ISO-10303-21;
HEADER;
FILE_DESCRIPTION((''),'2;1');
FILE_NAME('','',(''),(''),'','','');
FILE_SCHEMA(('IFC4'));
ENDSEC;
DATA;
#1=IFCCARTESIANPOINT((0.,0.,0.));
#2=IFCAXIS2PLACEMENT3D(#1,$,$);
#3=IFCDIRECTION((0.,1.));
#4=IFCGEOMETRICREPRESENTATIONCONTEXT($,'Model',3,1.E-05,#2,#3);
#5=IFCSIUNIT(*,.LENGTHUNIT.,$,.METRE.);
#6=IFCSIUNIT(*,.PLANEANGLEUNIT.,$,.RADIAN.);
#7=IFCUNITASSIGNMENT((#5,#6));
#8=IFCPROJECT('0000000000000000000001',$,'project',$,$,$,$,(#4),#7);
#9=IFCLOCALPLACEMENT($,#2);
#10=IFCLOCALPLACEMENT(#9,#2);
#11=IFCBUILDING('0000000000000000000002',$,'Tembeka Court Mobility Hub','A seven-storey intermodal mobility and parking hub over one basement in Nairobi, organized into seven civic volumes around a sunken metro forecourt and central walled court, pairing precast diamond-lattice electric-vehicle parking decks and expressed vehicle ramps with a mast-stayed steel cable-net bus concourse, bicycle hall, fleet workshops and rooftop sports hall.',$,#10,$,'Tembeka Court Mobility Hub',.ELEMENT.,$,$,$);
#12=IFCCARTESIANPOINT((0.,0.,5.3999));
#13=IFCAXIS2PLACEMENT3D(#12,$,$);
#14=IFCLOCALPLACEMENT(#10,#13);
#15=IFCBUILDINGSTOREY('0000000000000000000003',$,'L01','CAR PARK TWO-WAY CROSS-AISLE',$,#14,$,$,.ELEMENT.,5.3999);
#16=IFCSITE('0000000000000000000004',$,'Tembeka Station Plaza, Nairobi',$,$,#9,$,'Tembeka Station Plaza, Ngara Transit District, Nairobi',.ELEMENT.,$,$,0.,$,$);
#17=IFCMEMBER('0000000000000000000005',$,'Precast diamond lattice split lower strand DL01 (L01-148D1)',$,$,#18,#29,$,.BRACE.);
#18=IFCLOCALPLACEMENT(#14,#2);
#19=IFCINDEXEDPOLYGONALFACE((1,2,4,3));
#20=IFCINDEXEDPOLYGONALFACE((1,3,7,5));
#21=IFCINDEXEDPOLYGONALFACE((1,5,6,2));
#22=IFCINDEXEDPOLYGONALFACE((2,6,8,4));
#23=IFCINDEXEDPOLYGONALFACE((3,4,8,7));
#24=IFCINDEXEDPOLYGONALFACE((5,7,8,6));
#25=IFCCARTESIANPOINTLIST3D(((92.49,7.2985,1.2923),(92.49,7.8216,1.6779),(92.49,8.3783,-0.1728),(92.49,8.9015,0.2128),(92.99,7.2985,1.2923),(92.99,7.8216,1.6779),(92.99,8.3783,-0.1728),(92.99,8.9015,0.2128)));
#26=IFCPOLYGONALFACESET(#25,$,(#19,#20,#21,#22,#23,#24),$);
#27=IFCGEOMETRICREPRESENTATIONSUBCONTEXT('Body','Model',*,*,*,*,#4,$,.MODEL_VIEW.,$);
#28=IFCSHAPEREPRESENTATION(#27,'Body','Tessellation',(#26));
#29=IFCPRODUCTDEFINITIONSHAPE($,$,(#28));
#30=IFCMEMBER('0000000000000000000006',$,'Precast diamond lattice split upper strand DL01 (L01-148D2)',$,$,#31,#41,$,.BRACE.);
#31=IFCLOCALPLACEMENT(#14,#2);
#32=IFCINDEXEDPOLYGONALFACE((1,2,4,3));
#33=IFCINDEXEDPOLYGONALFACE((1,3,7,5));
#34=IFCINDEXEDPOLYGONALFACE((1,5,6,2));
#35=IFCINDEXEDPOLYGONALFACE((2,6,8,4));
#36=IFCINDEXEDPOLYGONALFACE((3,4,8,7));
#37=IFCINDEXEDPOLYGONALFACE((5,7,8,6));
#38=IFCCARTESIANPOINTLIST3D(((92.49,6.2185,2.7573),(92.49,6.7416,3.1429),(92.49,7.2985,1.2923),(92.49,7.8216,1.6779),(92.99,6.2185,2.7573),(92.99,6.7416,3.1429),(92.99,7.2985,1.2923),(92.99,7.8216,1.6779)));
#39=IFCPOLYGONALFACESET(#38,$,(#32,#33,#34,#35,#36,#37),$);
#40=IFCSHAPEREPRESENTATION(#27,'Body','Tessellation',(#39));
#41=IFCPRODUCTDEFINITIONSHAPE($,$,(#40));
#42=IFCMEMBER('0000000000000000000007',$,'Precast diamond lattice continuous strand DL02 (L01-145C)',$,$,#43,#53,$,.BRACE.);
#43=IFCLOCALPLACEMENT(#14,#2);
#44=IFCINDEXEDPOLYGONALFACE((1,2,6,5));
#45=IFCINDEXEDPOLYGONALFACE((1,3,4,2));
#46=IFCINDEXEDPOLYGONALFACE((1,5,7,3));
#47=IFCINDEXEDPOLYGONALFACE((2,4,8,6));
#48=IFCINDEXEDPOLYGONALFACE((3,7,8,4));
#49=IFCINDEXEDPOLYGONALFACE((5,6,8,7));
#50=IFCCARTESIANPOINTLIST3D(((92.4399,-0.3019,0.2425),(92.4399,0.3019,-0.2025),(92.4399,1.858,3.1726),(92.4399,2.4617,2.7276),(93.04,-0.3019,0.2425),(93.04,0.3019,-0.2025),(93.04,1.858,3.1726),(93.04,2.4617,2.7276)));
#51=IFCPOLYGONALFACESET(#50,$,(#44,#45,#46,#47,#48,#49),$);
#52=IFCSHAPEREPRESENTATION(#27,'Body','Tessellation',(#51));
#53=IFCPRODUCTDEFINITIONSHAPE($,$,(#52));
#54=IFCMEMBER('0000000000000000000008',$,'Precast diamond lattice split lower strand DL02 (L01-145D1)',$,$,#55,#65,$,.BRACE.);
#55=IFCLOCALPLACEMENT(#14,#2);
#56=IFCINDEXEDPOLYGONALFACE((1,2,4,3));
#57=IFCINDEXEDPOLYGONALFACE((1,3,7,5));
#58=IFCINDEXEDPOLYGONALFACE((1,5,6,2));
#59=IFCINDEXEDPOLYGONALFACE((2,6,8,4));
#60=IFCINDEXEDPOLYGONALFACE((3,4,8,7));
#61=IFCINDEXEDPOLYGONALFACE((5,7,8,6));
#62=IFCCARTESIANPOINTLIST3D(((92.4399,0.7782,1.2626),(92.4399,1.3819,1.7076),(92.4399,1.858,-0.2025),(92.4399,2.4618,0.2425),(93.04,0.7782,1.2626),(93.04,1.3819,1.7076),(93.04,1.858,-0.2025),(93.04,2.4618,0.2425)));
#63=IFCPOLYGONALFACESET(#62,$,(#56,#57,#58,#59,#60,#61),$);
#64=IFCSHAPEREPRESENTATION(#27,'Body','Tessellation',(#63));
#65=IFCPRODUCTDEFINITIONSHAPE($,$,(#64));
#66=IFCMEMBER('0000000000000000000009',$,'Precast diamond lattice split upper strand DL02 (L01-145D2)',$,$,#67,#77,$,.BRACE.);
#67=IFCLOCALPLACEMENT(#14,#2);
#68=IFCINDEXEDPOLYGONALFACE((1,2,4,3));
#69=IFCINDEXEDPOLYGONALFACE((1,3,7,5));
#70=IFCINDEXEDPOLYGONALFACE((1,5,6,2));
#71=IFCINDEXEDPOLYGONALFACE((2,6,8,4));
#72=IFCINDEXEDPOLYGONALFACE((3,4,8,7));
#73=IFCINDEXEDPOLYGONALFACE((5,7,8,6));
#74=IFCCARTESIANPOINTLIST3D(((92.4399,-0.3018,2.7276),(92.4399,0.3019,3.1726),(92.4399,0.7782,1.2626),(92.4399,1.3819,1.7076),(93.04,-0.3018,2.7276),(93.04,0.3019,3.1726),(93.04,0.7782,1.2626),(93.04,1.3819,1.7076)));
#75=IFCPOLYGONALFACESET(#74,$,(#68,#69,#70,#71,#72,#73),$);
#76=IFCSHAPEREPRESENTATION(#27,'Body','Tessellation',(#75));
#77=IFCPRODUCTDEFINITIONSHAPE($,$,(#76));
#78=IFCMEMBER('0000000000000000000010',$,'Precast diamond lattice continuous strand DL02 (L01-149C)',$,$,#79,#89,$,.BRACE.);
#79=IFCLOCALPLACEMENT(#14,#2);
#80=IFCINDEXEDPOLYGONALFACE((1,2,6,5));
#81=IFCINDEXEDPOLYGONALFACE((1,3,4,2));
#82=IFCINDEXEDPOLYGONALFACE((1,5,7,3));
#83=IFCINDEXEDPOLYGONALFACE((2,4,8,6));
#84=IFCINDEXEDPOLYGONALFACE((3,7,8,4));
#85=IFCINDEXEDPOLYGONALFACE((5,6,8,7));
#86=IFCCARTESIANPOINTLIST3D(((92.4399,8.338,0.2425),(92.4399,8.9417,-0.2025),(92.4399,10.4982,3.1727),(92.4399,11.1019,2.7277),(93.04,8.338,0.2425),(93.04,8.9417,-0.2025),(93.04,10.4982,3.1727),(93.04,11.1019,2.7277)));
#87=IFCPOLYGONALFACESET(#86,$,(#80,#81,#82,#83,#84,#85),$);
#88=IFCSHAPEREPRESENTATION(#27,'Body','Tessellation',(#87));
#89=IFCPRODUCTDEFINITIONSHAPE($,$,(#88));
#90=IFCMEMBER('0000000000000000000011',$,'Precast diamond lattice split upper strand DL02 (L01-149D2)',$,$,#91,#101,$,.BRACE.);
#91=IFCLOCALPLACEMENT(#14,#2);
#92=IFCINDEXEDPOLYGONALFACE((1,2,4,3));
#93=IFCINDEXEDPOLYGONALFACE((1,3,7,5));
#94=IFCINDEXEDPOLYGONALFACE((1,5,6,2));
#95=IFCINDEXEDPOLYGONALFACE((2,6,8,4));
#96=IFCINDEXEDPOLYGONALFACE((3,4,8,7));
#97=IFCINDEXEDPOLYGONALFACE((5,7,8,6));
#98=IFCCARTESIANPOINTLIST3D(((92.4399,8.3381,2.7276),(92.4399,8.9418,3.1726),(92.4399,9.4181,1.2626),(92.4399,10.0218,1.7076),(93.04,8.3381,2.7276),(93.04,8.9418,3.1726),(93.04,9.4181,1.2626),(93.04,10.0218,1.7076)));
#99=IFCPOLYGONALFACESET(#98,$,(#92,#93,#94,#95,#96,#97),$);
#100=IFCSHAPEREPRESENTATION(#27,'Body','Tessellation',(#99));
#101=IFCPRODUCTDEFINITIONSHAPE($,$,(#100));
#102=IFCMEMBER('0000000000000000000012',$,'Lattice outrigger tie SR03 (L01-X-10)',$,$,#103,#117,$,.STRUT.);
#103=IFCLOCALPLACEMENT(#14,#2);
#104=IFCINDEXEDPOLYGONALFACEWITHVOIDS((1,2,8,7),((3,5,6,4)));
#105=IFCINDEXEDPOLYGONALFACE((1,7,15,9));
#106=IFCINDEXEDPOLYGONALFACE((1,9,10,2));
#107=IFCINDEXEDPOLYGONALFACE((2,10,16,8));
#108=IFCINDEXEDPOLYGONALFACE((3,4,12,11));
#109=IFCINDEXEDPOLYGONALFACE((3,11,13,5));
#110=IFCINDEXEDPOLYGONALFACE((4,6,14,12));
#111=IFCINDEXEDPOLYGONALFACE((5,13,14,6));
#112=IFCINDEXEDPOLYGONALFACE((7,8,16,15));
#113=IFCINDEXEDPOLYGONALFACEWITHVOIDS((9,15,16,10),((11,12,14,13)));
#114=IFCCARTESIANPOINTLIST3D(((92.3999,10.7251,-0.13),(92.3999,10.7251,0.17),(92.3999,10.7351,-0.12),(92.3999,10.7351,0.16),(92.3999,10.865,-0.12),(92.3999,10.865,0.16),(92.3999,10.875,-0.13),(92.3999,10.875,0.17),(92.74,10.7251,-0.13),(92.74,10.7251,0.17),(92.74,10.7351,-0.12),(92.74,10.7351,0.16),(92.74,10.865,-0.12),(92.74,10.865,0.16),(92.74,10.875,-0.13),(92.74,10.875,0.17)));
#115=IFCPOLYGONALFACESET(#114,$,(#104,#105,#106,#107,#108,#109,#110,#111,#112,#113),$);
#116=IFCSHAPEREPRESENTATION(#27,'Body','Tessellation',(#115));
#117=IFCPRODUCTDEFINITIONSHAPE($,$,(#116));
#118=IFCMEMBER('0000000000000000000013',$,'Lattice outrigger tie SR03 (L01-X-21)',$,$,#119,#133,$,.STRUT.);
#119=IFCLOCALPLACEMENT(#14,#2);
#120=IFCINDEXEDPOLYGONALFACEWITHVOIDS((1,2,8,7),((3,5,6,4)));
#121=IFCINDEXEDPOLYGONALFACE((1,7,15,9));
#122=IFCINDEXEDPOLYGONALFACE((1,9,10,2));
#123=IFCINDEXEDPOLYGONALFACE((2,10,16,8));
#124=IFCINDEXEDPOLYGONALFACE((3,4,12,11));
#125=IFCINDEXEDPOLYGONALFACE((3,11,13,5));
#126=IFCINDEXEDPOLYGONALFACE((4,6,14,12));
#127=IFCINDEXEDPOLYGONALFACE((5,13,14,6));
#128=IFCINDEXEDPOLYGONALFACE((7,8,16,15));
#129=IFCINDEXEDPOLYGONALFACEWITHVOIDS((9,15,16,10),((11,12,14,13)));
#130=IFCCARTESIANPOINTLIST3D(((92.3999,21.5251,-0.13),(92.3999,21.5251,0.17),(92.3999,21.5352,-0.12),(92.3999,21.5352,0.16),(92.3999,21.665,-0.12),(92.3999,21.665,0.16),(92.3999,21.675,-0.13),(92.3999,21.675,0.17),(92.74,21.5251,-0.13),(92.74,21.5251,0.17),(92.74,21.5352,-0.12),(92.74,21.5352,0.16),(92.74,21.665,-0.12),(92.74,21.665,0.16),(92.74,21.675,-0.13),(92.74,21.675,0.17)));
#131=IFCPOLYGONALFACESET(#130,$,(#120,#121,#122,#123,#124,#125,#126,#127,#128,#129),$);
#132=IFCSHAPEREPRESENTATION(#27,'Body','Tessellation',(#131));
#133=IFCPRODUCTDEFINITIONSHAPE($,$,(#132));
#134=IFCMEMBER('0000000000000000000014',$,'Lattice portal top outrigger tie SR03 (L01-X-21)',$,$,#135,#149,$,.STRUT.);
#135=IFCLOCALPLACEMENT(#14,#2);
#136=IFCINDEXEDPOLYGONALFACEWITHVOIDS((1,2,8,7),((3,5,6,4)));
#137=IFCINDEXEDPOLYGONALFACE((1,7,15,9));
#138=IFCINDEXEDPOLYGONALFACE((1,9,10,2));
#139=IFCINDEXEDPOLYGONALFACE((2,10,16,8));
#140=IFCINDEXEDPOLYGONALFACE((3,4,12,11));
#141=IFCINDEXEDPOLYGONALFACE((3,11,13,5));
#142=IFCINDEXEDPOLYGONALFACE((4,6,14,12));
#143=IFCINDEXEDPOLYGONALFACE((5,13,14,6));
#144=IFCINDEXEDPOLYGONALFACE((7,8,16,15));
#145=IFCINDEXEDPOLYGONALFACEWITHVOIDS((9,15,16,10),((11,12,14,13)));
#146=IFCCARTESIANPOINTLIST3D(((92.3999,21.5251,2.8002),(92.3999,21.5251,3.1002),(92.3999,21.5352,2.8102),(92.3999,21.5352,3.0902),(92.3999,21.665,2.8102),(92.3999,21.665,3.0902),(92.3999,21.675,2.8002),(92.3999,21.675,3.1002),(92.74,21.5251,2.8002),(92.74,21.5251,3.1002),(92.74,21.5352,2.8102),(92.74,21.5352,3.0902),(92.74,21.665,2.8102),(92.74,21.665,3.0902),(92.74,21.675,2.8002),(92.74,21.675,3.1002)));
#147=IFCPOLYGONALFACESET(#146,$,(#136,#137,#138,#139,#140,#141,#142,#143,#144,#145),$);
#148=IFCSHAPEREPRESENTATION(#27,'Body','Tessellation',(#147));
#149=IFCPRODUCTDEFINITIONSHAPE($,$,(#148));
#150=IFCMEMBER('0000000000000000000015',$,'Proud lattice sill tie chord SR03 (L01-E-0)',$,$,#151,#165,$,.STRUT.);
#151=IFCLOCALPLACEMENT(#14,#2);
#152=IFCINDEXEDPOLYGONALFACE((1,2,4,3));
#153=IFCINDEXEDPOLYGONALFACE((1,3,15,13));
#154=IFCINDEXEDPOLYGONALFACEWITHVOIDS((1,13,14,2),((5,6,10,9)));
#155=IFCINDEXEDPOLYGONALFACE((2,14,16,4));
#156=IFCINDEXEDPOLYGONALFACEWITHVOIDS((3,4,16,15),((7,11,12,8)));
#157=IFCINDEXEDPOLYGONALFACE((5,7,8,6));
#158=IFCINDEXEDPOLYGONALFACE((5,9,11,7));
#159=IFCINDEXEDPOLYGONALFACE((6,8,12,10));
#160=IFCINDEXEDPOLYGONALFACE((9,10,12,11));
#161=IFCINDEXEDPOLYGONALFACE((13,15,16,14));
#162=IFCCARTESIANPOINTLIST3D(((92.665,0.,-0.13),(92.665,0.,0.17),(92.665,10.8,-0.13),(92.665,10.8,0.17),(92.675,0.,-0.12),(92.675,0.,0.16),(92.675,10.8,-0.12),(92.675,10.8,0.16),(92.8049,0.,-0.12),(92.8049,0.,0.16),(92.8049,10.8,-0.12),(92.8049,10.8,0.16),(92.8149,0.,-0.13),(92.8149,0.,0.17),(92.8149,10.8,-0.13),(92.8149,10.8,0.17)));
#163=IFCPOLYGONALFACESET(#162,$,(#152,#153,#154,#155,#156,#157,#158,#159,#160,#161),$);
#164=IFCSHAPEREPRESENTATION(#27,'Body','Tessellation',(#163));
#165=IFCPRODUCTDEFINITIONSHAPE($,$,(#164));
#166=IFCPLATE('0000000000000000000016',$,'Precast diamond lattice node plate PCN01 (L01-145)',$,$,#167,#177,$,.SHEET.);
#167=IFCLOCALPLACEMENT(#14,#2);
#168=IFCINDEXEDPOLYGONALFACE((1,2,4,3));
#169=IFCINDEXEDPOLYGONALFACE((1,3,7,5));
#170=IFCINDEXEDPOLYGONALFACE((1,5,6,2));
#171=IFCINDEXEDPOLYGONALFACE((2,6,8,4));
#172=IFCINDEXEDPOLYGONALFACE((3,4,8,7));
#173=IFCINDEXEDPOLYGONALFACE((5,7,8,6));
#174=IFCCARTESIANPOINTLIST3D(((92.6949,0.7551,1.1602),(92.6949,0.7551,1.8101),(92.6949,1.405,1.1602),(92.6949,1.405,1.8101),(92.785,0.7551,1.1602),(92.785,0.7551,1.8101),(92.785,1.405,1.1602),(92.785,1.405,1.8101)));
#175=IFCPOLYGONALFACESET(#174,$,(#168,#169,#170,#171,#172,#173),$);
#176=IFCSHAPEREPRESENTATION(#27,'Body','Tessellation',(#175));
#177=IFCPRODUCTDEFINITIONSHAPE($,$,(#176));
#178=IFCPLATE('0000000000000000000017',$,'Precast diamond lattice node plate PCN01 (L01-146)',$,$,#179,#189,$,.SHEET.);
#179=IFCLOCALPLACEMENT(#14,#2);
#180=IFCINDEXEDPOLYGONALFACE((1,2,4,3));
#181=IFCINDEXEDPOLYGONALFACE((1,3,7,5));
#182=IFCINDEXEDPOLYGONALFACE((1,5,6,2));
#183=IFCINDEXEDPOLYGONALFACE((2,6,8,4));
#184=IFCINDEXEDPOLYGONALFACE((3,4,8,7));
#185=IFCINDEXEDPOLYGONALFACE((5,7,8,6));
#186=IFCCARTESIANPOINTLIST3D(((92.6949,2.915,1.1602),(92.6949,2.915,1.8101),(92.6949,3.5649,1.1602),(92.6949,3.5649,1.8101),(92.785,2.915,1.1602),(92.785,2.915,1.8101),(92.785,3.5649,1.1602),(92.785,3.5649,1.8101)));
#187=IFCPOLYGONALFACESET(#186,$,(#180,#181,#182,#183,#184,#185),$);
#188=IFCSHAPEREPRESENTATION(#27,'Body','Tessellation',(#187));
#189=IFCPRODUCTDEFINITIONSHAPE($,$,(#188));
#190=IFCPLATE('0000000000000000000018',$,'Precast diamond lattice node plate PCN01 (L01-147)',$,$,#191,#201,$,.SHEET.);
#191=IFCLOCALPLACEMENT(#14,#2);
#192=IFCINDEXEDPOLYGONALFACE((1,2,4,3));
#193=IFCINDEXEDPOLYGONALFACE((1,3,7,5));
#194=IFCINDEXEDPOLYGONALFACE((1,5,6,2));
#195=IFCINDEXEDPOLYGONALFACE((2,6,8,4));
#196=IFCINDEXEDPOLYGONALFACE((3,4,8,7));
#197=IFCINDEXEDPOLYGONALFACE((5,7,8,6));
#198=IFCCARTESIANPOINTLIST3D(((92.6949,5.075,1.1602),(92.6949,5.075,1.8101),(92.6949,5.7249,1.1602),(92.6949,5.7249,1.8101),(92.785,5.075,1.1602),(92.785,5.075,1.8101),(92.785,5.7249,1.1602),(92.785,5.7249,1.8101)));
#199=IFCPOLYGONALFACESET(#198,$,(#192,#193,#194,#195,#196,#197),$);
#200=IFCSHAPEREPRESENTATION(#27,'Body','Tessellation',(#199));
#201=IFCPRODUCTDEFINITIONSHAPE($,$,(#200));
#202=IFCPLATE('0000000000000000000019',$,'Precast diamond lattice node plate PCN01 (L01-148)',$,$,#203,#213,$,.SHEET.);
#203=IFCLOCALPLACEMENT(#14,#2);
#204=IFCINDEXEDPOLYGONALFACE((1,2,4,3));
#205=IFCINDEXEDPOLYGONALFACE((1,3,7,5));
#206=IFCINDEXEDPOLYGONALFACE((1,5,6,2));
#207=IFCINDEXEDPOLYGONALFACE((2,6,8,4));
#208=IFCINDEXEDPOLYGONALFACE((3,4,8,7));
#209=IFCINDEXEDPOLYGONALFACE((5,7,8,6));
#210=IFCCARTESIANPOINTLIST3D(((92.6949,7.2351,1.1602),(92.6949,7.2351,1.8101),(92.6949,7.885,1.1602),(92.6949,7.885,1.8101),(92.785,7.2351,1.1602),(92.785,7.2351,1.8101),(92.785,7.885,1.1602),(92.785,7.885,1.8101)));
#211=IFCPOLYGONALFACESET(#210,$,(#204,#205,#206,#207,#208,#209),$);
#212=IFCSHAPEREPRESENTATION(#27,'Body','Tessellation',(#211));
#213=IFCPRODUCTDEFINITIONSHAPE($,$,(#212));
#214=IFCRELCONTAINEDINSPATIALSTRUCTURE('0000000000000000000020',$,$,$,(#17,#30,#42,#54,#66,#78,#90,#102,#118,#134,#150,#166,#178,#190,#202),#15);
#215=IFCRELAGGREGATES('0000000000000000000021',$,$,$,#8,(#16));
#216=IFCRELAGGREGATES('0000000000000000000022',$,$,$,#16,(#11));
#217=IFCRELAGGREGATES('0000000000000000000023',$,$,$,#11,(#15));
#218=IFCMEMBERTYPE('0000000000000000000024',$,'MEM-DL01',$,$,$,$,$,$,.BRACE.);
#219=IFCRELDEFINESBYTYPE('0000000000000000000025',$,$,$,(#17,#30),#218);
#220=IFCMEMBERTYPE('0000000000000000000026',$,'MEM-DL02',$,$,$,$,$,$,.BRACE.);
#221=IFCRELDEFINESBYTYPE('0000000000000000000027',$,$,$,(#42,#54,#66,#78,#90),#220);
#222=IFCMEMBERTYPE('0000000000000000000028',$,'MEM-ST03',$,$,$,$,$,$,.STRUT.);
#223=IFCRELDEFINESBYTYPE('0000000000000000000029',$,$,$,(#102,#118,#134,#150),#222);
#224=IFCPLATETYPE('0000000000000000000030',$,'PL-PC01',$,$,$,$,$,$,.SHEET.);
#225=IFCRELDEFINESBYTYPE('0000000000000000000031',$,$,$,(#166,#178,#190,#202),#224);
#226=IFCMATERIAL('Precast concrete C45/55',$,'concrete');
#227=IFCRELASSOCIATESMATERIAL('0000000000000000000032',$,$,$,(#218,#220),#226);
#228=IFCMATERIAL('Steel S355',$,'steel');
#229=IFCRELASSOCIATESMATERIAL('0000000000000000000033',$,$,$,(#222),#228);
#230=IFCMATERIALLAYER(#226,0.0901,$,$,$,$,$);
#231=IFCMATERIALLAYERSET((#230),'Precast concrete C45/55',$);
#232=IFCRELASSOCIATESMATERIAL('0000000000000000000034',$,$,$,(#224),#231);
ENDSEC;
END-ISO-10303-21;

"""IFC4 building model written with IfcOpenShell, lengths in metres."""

from ifc_helpers import new_model, si_unit, direction, frame, origin, origin_2d, place, context, subcontext, project, spatial, rectangle, hollow_rectangle, extrude, material, layer, layer_set, material_profile, profile_set, type_object, element, save


model = new_model("IFC4")

# Units and contexts
model_context = context("Model", 3, precision=1e-05, world=origin(), true_north=direction((0.0, 1.0)))
body_context = subcontext(model_context, "Body", "Model", "MODEL_VIEW")
ifc_project = project(units=[si_unit("LENGTHUNIT", "METRE"), si_unit("PLANEANGLEUNIT", "RADIAN")], contexts=[model_context])

# Site, building, storey
site_placement = place(None, origin())
site = spatial("IfcSite", under=ifc_project, at=site_placement, Name="Tembeka Station Plaza, Nairobi", LongName="Tembeka Station Plaza, Ngara Transit District, Nairobi", CompositionType="ELEMENT", RefElevation=0.0)
building_placement = place(site_placement, origin())
building = spatial("IfcBuilding", under=site, at=building_placement, Name="Tembeka Court Mobility Hub", Description="A seven-storey intermodal mobility and parking hub over one basement in Nairobi, organized into seven civic volumes around a sunken metro forecourt and central walled court, pairing precast diamond-lattice electric-vehicle parking decks and expressed vehicle ramps with a mast-stayed steel cable-net bus concourse, bicycle hall, fleet workshops and rooftop sports hall.", LongName="Tembeka Court Mobility Hub", CompositionType="ELEMENT")
storey_placement = place(building_placement, frame((0.0, 0.0, 5.3999)))
storey = spatial("IfcBuildingStorey", under=building, at=storey_placement, Name="L01", Description="CAR PARK TWO-WAY CROSS-AISLE", CompositionType="ELEMENT", Elevation=5.3999)

# Shared definitions
ifc_material_1 = material(Name="Steel S355", Category="steel")

# Members
ifc_material_2 = material(Name="Precast concrete C45/55", Category="concrete")
ifc_material_profile_1 = material_profile(ifc_material_2, rectangle(XDim=0.5, YDim=0.6499, at=origin_2d()), Name="PC-DIAG 500x650")
ifc_profile_set_1 = profile_set([ifc_material_profile_1], Name="Precast concrete C45/55")
member_type_1 = type_object("IfcMemberType", Name="MEM-DL01", PredefinedType="BRACE", material=ifc_profile_set_1)
for number, where, z_axis, x_axis, name in (
    (1, (92.74, 8.6399, 0.02), (0.0, -0.593304, 0.804978), (1.0, 0.0, 0.0), "Precast diamond lattice split lower strand DL01 (L01-148D1)"),
    (2, (92.74, 7.5601, 1.4851), (0.0, -0.593391, 0.804914), (1.0, 0.0, 0.0), "Precast diamond lattice split upper strand DL01 (L01-148D2)"),
):
    element("IfcMember", number, at=place(storey_placement, frame(where, z_axis=z_axis, x_axis=x_axis)), inside=storey, type_object=member_type_1, Name=name, PredefinedType="BRACE", context=body_context, shape_type="SweptSolid", body=[
        extrude(rectangle(XDim=0.5, YDim=0.6499, at=origin_2d()), origin(), (0.0, 0.0, 1.0), 1.8201),
    ])
ifc_material_profile_2 = material_profile(ifc_material_2, rectangle(XDim=0.6001, YDim=0.75, at=origin_2d()), Name="PC-DIAG 600x750")
ifc_profile_set_2 = profile_set([ifc_material_profile_2], Name="Precast concrete C45/55")
member_type_2 = type_object("IfcMemberType", Name="MEM-DL02", PredefinedType="BRACE", material=ifc_profile_set_2)
member_1_placement = place(storey_placement, frame((92.74, 0.0, 0.02), z_axis=(0.0, 0.593348, 0.804946), x_axis=(-1.0, 0.0, 0.0)))
element("IfcMember", 3, at=member_1_placement, inside=storey, type_object=member_type_2, Name="Precast diamond lattice continuous strand DL02 (L01-145C)", PredefinedType="BRACE", context=body_context, shape_type="SweptSolid", body=[
    extrude(rectangle(XDim=0.6001, YDim=0.75, at=origin_2d()), origin(), (0.0, 0.0, 1.0), 3.6401),
])
for number, where, z_axis, x_axis, name in (
    (4, (92.74, 2.1599, 0.02), (0.0, -0.593304, 0.804978), (1.0, 0.0, 0.0), "Precast diamond lattice split lower strand DL02 (L01-145D1)"),
    (5, (92.74, 1.0801, 1.4851), (0.0, -0.593391, 0.804914), (1.0, 0.0, 0.0), "Precast diamond lattice split upper strand DL02 (L01-145D2)"),
):
    element("IfcMember", number, at=place(storey_placement, frame(where, z_axis=z_axis, x_axis=x_axis)), inside=storey, type_object=member_type_2, Name=name, PredefinedType="BRACE", context=body_context, shape_type="SweptSolid", body=[
        extrude(rectangle(XDim=0.6001, YDim=0.75, at=origin_2d()), origin(), (0.0, 0.0, 1.0), 1.8201),
    ])
member_2_placement = place(storey_placement, frame((92.74, 8.6399, 0.02), z_axis=(0.0, 0.593391, 0.804914), x_axis=(-1.0, 0.0, 0.0)))
element("IfcMember", 6, at=member_2_placement, inside=storey, type_object=member_type_2, Name="Precast diamond lattice continuous strand DL02 (L01-149C)", PredefinedType="BRACE", context=body_context, shape_type="SweptSolid", body=[
    extrude(rectangle(XDim=0.6001, YDim=0.75, at=origin_2d()), origin(), (0.0, 0.0, 1.0), 3.6404),
])
member_3_placement = place(storey_placement, frame((92.74, 9.72, 1.4851), z_axis=(0.0, -0.593391, 0.804914), x_axis=(1.0, 0.0, 0.0)))
element("IfcMember", 7, at=member_3_placement, inside=storey, type_object=member_type_2, Name="Precast diamond lattice split upper strand DL02 (L01-149D2)", PredefinedType="BRACE", context=body_context, shape_type="SweptSolid", body=[
    extrude(rectangle(XDim=0.6001, YDim=0.75, at=origin_2d()), origin(), (0.0, 0.0, 1.0), 1.8201),
])
ifc_material_profile_3 = material_profile(ifc_material_1, hollow_rectangle(XDim=0.1499, YDim=0.3, WallThickness=0.01, at=origin_2d()), Name="RHS 300x150x10")
ifc_profile_set_3 = profile_set([ifc_material_profile_3], Name="Steel S355")
member_type_3 = type_object("IfcMemberType", Name="MEM-ST03", PredefinedType="STRUT", material=ifc_profile_set_3)
for number, where, z_axis, x_axis, name in (
    (8, (92.3999, 10.8, 0.02), (1.0, 0.0, 0.0), (0.0, 1.0, 0.0), "Lattice outrigger tie SR03 (L01-X-10)"),
    (9, (92.3999, 21.6001, 0.02), (1.0, 0.0, 0.0), (0.0, 1.0, 0.0), "Lattice outrigger tie SR03 (L01-X-21)"),
    (10, (92.3999, 21.6001, 2.9502), (1.0, 0.0, 0.0), (0.0, 1.0, 0.0), "Lattice portal top outrigger tie SR03 (L01-X-21)"),
):
    element("IfcMember", number, at=place(storey_placement, frame(where, z_axis=z_axis, x_axis=x_axis)), inside=storey, type_object=member_type_3, Name=name, PredefinedType="STRUT", context=body_context, shape_type="SweptSolid", body=[
        extrude(hollow_rectangle(XDim=0.1499, YDim=0.3, WallThickness=0.01, at=origin_2d()), origin(), (0.0, 0.0, 1.0), 0.3401),
    ])
member_4_placement = place(storey_placement, frame((92.74, 0.0, 0.02), z_axis=(0.0, 1.0, 0.0), x_axis=(-1.0, 0.0, 0.0)))
element("IfcMember", 11, at=member_4_placement, inside=storey, type_object=member_type_3, Name="Proud lattice sill tie chord SR03 (L01-E-0)", PredefinedType="STRUT", context=body_context, shape_type="SweptSolid", body=[
    extrude(hollow_rectangle(XDim=0.1499, YDim=0.3, WallThickness=0.01, at=origin_2d()), origin(), (0.0, 0.0, 1.0), 10.8),
])

# Plates
ifc_layer = layer(ifc_material_2, 0.0901)
ifc_layer_set = layer_set([ifc_layer], Name="Precast concrete C45/55")
plate_type = type_object("IfcPlateType", Name="PL-PC01", PredefinedType="SHEET", material=ifc_layer_set)
for number, where, z_axis, x_axis, name in (
    (12, (92.74, 1.0801, 1.1602), (0.0, 0.0, 1.0), (1.0, 0.0, 0.0), "Precast diamond lattice node plate PCN01 (L01-145)"),
    (13, (92.74, 3.24, 1.1602), (0.0, 0.0, 1.0), (1.0, 0.0, 0.0), "Precast diamond lattice node plate PCN01 (L01-146)"),
    (14, (92.74, 5.3999, 1.1602), (0.0, 0.0, 1.0), (1.0, 0.0, 0.0), "Precast diamond lattice node plate PCN01 (L01-147)"),
    (15, (92.74, 7.5601, 1.1602), (0.0, 0.0, 1.0), (1.0, 0.0, 0.0), "Precast diamond lattice node plate PCN01 (L01-148)"),
):
    element("IfcPlate", number, at=place(storey_placement, frame(where, z_axis=z_axis, x_axis=x_axis)), inside=storey, type_object=plate_type, Name=name, PredefinedType="SHEET", context=body_context, shape_type="SweptSolid", body=[
        extrude(rectangle(XDim=0.0901, YDim=0.6499, at=origin_2d()), origin(), (0.0, 0.0, 1.0), 0.6499),
    ])

save(model, "model.ifc")
